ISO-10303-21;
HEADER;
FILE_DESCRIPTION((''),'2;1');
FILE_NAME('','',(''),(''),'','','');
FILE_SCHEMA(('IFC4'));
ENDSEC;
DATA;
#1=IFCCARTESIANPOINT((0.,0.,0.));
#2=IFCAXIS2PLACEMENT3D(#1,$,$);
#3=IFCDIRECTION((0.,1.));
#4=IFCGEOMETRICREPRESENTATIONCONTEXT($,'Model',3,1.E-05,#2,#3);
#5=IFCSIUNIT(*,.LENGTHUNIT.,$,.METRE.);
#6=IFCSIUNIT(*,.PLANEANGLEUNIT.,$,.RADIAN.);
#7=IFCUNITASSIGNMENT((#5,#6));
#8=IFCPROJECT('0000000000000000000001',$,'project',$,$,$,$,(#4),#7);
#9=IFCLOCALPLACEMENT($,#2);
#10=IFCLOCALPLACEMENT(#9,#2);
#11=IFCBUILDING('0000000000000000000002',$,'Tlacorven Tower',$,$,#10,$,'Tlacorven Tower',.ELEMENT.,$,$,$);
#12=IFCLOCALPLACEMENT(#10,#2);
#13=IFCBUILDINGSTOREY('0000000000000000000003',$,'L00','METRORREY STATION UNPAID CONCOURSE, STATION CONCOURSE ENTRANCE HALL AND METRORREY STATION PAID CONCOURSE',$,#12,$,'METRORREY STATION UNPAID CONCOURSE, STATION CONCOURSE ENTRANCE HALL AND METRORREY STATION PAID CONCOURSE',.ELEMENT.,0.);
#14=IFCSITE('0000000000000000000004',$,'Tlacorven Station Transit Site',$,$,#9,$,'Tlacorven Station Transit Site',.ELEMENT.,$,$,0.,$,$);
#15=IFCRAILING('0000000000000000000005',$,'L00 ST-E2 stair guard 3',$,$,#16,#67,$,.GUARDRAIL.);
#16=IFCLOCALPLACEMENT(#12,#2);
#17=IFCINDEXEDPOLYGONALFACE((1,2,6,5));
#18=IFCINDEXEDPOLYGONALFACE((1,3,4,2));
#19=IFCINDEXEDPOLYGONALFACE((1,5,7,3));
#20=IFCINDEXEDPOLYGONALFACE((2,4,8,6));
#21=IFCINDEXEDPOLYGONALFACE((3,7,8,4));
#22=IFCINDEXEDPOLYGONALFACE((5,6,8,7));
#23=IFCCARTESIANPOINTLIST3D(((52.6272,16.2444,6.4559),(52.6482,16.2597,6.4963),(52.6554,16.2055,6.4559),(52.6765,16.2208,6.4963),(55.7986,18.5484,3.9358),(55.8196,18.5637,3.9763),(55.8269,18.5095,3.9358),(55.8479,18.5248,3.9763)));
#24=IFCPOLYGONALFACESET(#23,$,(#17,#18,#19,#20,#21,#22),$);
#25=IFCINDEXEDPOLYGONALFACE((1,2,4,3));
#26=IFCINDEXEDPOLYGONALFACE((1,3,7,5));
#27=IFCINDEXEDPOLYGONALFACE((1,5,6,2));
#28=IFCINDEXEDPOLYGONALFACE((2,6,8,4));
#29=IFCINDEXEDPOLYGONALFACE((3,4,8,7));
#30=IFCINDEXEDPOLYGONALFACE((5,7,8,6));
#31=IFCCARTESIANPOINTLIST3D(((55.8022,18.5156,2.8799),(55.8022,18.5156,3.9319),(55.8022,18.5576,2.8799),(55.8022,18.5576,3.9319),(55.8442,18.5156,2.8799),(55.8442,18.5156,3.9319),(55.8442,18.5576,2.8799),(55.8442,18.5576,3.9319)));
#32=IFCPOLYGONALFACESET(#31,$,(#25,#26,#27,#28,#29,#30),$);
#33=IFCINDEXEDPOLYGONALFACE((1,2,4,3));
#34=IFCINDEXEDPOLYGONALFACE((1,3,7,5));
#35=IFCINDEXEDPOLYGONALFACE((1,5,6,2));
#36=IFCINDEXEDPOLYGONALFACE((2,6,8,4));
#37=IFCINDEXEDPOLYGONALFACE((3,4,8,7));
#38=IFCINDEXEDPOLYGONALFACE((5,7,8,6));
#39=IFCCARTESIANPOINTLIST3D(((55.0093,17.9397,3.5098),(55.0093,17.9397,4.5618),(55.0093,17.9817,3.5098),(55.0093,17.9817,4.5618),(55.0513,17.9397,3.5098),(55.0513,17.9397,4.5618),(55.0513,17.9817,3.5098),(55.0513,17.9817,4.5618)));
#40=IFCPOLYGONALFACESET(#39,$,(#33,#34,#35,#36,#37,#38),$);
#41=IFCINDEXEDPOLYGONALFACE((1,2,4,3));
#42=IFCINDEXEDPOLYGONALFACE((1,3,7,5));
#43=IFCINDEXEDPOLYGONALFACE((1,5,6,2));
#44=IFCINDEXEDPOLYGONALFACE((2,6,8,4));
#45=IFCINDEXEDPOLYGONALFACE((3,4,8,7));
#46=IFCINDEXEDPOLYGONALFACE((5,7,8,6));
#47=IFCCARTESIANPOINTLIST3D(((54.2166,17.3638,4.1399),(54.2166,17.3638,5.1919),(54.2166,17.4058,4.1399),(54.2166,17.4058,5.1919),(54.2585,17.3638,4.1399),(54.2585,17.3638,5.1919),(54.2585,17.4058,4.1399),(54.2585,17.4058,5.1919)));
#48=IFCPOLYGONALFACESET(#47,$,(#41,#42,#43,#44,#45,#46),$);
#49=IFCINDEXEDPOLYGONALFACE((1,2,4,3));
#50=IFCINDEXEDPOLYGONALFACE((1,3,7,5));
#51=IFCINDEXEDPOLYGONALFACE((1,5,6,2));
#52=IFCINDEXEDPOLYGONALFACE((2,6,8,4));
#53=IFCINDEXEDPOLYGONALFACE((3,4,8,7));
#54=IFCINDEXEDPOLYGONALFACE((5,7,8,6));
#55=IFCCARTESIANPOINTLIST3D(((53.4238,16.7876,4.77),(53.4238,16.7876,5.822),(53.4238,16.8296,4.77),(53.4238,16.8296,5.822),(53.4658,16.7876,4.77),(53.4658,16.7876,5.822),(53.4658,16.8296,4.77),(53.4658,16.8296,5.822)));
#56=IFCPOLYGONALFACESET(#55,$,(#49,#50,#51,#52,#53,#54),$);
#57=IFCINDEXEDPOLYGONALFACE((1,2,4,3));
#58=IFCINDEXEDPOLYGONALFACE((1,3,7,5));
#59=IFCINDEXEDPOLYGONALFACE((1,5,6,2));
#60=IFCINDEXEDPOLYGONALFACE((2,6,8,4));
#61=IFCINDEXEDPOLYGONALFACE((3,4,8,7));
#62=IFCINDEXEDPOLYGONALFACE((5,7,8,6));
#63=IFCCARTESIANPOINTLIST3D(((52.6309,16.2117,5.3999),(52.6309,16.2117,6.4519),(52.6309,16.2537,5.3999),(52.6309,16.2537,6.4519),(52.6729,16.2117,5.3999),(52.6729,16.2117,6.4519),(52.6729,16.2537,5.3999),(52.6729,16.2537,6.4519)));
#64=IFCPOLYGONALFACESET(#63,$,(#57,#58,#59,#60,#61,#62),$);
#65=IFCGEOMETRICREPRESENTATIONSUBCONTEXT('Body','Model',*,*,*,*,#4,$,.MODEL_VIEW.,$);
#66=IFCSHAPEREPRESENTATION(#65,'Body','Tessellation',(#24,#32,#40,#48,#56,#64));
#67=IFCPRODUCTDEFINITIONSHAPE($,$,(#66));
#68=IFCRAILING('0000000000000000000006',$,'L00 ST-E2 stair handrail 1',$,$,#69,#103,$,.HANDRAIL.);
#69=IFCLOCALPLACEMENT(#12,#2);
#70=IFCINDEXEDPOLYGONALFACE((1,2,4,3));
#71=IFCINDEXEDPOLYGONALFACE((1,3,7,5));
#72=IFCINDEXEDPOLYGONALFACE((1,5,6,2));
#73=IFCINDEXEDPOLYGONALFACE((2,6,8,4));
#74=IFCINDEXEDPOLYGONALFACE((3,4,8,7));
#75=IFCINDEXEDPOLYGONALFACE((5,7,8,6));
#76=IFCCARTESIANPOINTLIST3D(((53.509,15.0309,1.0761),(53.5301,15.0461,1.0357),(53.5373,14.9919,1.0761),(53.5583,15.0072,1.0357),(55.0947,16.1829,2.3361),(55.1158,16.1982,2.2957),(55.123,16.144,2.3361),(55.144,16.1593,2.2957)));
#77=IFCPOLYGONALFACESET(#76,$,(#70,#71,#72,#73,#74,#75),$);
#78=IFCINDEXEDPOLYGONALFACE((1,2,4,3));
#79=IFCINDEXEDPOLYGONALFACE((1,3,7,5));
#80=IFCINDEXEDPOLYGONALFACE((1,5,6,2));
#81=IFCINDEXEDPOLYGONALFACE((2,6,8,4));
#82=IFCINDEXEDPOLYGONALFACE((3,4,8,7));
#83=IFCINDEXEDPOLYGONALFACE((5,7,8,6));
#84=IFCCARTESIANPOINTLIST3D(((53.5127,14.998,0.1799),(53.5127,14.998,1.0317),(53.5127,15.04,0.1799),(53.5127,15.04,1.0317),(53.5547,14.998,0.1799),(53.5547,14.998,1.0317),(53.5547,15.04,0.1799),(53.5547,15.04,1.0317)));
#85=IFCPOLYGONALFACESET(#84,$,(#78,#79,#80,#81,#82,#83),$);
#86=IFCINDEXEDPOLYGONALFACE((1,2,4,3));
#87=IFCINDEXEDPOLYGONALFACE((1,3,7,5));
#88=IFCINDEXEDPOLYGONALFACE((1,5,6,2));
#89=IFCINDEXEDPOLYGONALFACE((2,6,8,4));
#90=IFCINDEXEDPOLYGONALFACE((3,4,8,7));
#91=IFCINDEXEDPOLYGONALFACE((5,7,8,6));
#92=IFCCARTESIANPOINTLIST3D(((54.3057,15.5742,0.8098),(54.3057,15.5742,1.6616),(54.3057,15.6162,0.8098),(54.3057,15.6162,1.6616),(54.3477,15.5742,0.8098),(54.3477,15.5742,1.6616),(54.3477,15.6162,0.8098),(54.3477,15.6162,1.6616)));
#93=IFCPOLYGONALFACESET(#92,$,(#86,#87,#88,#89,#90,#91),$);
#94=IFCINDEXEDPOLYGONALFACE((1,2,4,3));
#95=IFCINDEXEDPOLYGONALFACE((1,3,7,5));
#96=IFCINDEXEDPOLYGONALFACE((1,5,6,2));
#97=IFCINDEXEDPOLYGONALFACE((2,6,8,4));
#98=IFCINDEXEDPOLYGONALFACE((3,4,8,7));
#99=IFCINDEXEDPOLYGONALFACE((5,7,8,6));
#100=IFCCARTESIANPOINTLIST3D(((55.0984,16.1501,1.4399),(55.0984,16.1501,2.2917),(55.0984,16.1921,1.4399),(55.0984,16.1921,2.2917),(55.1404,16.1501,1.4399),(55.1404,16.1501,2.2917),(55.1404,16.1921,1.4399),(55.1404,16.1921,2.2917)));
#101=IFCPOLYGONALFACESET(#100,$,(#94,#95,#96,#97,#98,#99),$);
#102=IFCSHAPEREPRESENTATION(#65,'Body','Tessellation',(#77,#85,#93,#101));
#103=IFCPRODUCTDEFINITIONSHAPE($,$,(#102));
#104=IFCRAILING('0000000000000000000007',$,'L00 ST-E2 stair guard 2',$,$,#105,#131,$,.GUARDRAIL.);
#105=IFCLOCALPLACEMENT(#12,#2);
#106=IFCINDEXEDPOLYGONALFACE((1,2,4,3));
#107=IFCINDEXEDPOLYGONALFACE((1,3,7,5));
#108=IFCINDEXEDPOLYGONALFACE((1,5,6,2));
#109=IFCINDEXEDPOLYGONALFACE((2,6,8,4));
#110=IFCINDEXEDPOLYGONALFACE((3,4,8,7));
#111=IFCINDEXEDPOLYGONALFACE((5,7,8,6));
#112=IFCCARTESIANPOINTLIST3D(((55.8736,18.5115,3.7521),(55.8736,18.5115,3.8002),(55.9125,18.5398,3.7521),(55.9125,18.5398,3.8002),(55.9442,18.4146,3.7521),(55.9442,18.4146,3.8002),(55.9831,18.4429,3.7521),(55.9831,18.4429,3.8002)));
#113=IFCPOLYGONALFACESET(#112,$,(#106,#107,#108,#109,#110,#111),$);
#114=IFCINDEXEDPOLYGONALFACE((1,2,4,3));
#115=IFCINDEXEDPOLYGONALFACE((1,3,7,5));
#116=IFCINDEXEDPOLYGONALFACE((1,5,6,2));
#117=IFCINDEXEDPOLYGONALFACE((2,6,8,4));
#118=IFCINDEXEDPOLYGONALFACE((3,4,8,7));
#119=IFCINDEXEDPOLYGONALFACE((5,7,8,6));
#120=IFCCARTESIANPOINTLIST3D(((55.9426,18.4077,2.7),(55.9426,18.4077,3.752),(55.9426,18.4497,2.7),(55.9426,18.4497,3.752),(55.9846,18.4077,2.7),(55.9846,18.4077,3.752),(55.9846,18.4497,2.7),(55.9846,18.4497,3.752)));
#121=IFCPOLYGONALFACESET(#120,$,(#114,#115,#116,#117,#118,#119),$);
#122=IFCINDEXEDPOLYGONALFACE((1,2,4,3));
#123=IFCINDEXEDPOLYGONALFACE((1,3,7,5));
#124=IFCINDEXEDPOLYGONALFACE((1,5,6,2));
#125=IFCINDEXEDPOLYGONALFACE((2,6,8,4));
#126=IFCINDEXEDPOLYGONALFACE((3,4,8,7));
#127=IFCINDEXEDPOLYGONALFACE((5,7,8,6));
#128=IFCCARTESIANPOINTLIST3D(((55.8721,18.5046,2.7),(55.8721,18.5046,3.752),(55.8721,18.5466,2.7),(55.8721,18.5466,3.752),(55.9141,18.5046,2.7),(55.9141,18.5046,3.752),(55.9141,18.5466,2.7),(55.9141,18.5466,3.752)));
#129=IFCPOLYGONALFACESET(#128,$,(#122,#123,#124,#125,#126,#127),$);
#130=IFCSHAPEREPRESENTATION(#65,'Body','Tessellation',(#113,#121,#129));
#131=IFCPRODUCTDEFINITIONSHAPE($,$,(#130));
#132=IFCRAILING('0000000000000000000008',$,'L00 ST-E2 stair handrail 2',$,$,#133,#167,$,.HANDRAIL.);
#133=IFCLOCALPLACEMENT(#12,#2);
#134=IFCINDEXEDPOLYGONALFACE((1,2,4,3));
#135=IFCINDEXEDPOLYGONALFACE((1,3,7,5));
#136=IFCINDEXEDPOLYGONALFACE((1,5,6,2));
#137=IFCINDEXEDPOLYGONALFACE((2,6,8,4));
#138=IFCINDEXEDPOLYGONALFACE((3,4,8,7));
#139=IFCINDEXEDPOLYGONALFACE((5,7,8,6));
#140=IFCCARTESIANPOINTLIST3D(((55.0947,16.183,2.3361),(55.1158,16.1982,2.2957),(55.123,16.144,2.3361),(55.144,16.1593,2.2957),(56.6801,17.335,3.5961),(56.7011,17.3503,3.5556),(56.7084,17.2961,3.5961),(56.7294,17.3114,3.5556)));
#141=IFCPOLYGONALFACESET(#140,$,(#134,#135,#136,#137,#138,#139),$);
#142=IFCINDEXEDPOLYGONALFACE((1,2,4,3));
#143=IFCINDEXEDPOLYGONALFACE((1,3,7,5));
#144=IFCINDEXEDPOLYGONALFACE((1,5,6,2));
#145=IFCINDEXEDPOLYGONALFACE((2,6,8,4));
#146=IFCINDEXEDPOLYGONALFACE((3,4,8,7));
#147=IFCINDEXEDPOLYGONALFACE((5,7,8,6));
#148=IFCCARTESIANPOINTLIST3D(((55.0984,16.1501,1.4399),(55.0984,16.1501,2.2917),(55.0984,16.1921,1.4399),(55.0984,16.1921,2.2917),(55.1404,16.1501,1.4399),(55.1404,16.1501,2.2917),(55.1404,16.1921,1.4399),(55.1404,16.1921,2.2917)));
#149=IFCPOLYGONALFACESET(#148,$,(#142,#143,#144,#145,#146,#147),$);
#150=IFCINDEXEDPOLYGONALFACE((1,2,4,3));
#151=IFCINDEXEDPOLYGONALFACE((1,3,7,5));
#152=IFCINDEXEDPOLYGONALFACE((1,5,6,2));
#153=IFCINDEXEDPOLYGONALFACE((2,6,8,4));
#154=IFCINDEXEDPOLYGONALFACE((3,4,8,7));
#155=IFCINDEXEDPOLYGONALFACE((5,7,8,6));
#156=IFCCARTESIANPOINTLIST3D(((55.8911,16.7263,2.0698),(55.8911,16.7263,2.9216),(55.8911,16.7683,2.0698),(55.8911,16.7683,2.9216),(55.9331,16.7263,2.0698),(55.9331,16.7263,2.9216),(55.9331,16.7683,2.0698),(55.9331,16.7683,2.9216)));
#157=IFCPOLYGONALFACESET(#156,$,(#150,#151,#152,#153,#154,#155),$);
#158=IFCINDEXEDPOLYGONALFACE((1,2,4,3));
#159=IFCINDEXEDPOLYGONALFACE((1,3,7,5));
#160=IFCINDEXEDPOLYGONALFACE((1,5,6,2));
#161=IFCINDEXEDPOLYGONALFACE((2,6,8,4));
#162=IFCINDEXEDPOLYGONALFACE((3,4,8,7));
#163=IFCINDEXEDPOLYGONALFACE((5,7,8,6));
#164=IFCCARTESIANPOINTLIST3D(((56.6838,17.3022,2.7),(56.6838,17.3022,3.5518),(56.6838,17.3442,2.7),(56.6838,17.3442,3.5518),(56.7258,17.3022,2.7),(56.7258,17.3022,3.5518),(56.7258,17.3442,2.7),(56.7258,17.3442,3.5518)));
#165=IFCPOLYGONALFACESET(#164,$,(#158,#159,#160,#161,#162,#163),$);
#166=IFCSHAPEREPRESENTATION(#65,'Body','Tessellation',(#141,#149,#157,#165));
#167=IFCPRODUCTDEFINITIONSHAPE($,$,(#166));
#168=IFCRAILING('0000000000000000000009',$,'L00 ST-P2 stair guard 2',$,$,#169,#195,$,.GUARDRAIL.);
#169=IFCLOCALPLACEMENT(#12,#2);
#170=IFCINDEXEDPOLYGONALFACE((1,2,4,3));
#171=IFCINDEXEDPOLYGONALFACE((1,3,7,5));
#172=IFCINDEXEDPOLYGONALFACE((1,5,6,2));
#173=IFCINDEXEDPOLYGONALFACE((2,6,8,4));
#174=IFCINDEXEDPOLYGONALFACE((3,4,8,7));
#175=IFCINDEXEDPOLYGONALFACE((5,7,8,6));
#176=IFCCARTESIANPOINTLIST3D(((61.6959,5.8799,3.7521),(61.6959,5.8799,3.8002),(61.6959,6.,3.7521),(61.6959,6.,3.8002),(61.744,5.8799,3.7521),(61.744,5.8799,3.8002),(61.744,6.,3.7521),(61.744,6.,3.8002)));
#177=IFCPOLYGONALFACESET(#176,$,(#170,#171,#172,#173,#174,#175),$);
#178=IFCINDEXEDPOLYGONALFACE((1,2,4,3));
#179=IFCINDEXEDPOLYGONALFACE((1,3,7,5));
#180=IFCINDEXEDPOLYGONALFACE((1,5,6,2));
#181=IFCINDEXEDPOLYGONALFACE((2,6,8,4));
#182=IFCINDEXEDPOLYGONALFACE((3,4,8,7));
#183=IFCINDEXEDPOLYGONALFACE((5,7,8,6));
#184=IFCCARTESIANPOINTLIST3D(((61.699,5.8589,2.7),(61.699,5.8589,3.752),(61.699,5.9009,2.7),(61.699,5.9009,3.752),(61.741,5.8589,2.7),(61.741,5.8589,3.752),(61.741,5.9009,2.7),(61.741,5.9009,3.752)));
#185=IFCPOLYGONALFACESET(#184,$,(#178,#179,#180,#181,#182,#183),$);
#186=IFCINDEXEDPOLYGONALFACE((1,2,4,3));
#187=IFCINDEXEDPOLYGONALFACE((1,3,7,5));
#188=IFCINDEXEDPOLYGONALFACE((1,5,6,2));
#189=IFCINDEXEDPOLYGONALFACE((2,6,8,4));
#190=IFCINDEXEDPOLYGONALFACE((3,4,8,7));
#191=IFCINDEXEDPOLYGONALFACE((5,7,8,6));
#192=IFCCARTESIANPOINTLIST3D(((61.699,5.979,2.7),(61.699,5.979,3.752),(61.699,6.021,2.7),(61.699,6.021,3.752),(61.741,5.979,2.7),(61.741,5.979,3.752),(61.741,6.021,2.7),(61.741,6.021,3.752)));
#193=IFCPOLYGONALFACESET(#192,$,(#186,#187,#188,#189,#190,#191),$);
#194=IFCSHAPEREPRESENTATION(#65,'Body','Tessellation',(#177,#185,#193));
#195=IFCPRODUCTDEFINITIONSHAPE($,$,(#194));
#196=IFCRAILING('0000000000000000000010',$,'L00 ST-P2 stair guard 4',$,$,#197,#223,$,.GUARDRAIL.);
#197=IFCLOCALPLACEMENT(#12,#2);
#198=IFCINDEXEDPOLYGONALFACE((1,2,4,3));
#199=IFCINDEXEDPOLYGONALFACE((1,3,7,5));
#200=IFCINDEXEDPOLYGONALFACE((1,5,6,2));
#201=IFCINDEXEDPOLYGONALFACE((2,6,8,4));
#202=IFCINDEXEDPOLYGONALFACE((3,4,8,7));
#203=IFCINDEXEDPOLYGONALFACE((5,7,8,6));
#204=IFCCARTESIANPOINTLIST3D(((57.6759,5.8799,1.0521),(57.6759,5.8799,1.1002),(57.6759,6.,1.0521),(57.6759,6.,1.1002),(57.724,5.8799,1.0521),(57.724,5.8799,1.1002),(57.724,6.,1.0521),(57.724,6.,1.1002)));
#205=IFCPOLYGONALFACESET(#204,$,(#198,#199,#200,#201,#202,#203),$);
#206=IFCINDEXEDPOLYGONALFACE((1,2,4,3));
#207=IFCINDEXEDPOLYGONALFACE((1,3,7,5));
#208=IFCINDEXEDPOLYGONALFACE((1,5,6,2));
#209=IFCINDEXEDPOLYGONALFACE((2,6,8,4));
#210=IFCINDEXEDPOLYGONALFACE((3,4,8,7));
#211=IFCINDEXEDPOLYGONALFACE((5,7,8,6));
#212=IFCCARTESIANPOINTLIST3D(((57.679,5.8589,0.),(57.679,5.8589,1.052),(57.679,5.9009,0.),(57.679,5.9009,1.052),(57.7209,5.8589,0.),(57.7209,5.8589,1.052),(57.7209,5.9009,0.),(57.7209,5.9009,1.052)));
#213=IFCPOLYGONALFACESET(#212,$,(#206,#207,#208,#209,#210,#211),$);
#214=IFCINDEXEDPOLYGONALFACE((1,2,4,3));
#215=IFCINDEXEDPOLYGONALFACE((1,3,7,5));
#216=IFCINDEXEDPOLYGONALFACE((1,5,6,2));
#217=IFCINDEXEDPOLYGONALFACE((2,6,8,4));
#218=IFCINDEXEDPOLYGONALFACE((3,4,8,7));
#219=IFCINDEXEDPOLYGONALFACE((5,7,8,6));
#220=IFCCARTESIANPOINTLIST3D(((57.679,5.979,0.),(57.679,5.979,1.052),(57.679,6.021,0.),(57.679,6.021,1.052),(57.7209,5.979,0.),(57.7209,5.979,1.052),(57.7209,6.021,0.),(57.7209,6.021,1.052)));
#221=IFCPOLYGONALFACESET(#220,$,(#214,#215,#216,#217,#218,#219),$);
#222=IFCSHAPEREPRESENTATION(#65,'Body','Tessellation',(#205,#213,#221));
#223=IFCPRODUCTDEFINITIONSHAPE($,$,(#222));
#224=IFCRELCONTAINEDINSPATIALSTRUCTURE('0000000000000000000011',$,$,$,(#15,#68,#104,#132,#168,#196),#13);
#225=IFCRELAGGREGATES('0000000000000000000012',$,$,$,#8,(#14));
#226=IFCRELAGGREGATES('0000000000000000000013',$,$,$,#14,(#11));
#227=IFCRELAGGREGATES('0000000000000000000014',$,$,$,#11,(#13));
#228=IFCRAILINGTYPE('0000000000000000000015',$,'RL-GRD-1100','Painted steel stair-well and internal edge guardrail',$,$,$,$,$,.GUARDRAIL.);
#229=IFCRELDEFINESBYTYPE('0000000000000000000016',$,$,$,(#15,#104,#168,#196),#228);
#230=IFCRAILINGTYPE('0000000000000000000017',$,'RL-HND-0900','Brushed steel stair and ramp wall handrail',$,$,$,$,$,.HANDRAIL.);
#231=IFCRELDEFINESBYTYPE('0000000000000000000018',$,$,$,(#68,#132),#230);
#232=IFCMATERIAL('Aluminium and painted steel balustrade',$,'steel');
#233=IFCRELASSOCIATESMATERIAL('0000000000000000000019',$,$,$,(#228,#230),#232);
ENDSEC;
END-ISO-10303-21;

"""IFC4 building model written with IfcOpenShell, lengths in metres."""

from ifc_helpers import new_model, si_unit, direction, frame, origin, origin_2d, place, context, subcontext, project, spatial, rectangle, extrude, source, transform, mapped, material, type_object, element, save


model = new_model("IFC4")

# Units and contexts
model_context = context("Model", 3, precision=1e-05, world=origin(), true_north=direction((0.0, 1.0)))
body_context = subcontext(model_context, "Body", "Model", "MODEL_VIEW")
ifc_project = project(units=[si_unit("LENGTHUNIT", "METRE"), si_unit("PLANEANGLEUNIT", "RADIAN")], contexts=[model_context])

# Site, building, storey
site_placement = place(None, origin())
site = spatial("IfcSite", under=ifc_project, at=site_placement, Name="Tlacorven Station Transit Site", LongName="Tlacorven Station Transit Site", CompositionType="ELEMENT", RefElevation=0.0)
building_placement = place(site_placement, origin())
building = spatial("IfcBuilding", under=site, at=building_placement, Name="Tlacorven Tower", LongName="Tlacorven Tower", CompositionType="ELEMENT")
storey_placement = place(building_placement, origin())
storey = spatial("IfcBuildingStorey", under=building, at=storey_placement, Name="L00", Description="METRORREY STATION UNPAID CONCOURSE, STATION CONCOURSE ENTRANCE HALL AND METRORREY STATION PAID CONCOURSE", LongName="METRORREY STATION UNPAID CONCOURSE, STATION CONCOURSE ENTRANCE HALL AND METRORREY STATION PAID CONCOURSE", CompositionType="ELEMENT", Elevation=0.0)

# Railings
ifc_material_1 = material(Name="Aluminium and painted steel balustrade", Category="steel")
railing_type_1 = type_object("IfcRailingType", Name="RL-GRD-1100", Description="Painted steel stair-well and internal edge guardrail", PredefinedType="GUARDRAIL", material=ifc_material_1)
shared_shape_1 = source(origin(), body_context, "Body", "SweptSolid", [
    extrude(rectangle(XDim=0.0481, YDim=0.0481, at=origin_2d()), frame((0.0, 0.0, 1.0762), z_axis=(-0.680543, -0.494402, 0.540767), x_axis=(0.587753, -0.80904, 0.0)), (0.0, 0.0, 1.0), 4.6602),
    extrude(rectangle(XDim=0.042, YDim=0.042, at=origin_2d()), origin(), (0.0, 0.0, 1.0), 1.052),
    extrude(rectangle(XDim=0.042, YDim=0.042, at=origin_2d()), frame((-0.793, -0.5759, 0.6299)), (0.0, 0.0, 1.0), 1.052),
    extrude(rectangle(XDim=0.042, YDim=0.042, at=origin_2d()), frame((-1.5857, -1.1519, 1.26)), (0.0, 0.0, 1.0), 1.052),
    extrude(rectangle(XDim=0.042, YDim=0.042, at=origin_2d()), frame((-2.3784, -1.728, 1.8901)), (0.0, 0.0, 1.0), 1.052),
    extrude(rectangle(XDim=0.042, YDim=0.042, at=origin_2d()), frame((-3.1714, -2.304, 2.52)), (0.0, 0.0, 1.0), 1.052),
])
railing_1_placement = place(storey_placement, frame((55.8232, 18.5366, 2.8799)))
element("IfcRailing", 1, at=railing_1_placement, inside=storey, type_object=railing_type_1, Name="L00 ST-E2 stair guard 3", PredefinedType="GUARDRAIL", context=body_context, shape_type="MappedRepresentation", body=[
    mapped(shared_shape_1, transform((0.0, 0.0, 0.0), scale=1.0)),
])
railing_type_2 = type_object("IfcRailingType", Name="RL-HND-0900", Description="Brushed steel stair and ramp wall handrail", PredefinedType="HANDRAIL", material=ifc_material_1)
shared_shape_2 = source(origin(), body_context, "Body", "SweptSolid", [
    extrude(rectangle(XDim=0.0481, YDim=0.0481, at=origin_2d()), frame((0.0, 0.0, 0.876), z_axis=(0.680525, 0.494441, 0.540753), x_axis=(-0.587794, 0.809011, 0.0)), (0.0, 0.0, 1.0), 2.3301),
    extrude(rectangle(XDim=0.042, YDim=0.042, at=origin_2d()), origin(), (0.0, 0.0, 1.0), 0.8518),
    extrude(rectangle(XDim=0.042, YDim=0.042, at=origin_2d()), frame((0.793, 0.5762, 0.6299)), (0.0, 0.0, 1.0), 0.8518),
    extrude(rectangle(XDim=0.042, YDim=0.042, at=origin_2d()), frame((1.5857, 1.1521, 1.26)), (0.0, 0.0, 1.0), 0.8518),
])
railing_2_placement = place(storey_placement, frame((53.5337, 15.019, 0.1799)))
element("IfcRailing", 2, at=railing_2_placement, inside=storey, type_object=railing_type_2, Name="L00 ST-E2 stair handrail 1", PredefinedType="HANDRAIL", context=body_context, shape_type="MappedRepresentation", body=[
    mapped(shared_shape_2, transform((0.0, 0.0, 0.0), scale=1.0)),
])
shared_shape_3 = source(origin(), body_context, "Body", "SweptSolid", [
    extrude(rectangle(XDim=0.0481, YDim=0.0481, at=origin_2d()), frame((0.0, 0.0, 1.0762), z_axis=(-0.588535, 0.808472, 0.0), x_axis=(-0.808472, -0.588535, 0.0)), (0.0, 0.0, 1.0), 0.1199),
    extrude(rectangle(XDim=0.042, YDim=0.042, at=origin_2d()), origin(), (0.0, 0.0, 1.0), 1.052),
    extrude(rectangle(XDim=0.042, YDim=0.042, at=origin_2d()), frame((-0.0706, 0.0969, 0.0)), (0.0, 0.0, 1.0), 1.052),
])
railing_3_placement = place(storey_placement, frame((55.9636, 18.4287, 2.7)))
element("IfcRailing", 3, at=railing_3_placement, inside=storey, type_object=railing_type_1, Name="L00 ST-E2 stair guard 2", PredefinedType="GUARDRAIL", context=body_context, shape_type="MappedRepresentation", body=[
    mapped(shared_shape_3, transform((0.0, 0.0, 0.0), scale=1.0)),
])
shared_shape_4 = source(origin(), body_context, "Body", "SweptSolid", [
    extrude(rectangle(XDim=0.0481, YDim=0.0481, at=origin_2d()), frame((0.0, 0.0, 0.876), z_axis=(0.680469, 0.494477, 0.540791), x_axis=(-0.587853, 0.808968, 0.0)), (0.0, 0.0, 1.0), 2.3298),
    extrude(rectangle(XDim=0.042, YDim=0.042, at=origin_2d()), origin(), (0.0, 0.0, 1.0), 0.8518),
    extrude(rectangle(XDim=0.042, YDim=0.042, at=origin_2d()), frame((0.7927, 0.5762, 0.6299)), (0.0, 0.0, 1.0), 0.8518),
    extrude(rectangle(XDim=0.042, YDim=0.042, at=origin_2d()), frame((1.5854, 1.1521, 1.26)), (0.0, 0.0, 1.0), 0.8518),
])
railing_4_placement = place(storey_placement, frame((55.1194, 16.1711, 1.4399)))
element("IfcRailing", 4, at=railing_4_placement, inside=storey, type_object=railing_type_2, Name="L00 ST-E2 stair handrail 2", PredefinedType="HANDRAIL", context=body_context, shape_type="MappedRepresentation", body=[
    mapped(shared_shape_4, transform((0.0, 0.0, 0.0), scale=1.0)),
])
shared_shape_5 = source(origin(), body_context, "Body", "SweptSolid", [
    extrude(rectangle(XDim=0.0481, YDim=0.0481, at=origin_2d()), frame((0.0, 0.0, 1.0762), z_axis=(0.0, 1.0, 0.0), x_axis=(-1.0, 0.0, 0.0)), (0.0, 0.0, 1.0), 0.1201),
    extrude(rectangle(XDim=0.042, YDim=0.042, at=origin_2d()), origin(), (0.0, 0.0, 1.0), 1.052),
    extrude(rectangle(XDim=0.042, YDim=0.042, at=origin_2d()), frame((0.0, 0.1201, 0.0)), (0.0, 0.0, 1.0), 1.052),
])
for number, where, name in (
    (5, (61.72, 5.8799, 2.7), "L00 ST-P2 stair guard 2"),
    (6, (57.7, 5.8799, 0.0), "L00 ST-P2 stair guard 4"),
):
    element("IfcRailing", number, at=place(storey_placement, frame(where)), inside=storey, type_object=railing_type_1, Name=name, PredefinedType="GUARDRAIL", context=body_context, shape_type="MappedRepresentation", body=[
        mapped(shared_shape_5, transform((0.0, 0.0, 0.0), scale=1.0)),
    ])

save(model, "model.ifc")
